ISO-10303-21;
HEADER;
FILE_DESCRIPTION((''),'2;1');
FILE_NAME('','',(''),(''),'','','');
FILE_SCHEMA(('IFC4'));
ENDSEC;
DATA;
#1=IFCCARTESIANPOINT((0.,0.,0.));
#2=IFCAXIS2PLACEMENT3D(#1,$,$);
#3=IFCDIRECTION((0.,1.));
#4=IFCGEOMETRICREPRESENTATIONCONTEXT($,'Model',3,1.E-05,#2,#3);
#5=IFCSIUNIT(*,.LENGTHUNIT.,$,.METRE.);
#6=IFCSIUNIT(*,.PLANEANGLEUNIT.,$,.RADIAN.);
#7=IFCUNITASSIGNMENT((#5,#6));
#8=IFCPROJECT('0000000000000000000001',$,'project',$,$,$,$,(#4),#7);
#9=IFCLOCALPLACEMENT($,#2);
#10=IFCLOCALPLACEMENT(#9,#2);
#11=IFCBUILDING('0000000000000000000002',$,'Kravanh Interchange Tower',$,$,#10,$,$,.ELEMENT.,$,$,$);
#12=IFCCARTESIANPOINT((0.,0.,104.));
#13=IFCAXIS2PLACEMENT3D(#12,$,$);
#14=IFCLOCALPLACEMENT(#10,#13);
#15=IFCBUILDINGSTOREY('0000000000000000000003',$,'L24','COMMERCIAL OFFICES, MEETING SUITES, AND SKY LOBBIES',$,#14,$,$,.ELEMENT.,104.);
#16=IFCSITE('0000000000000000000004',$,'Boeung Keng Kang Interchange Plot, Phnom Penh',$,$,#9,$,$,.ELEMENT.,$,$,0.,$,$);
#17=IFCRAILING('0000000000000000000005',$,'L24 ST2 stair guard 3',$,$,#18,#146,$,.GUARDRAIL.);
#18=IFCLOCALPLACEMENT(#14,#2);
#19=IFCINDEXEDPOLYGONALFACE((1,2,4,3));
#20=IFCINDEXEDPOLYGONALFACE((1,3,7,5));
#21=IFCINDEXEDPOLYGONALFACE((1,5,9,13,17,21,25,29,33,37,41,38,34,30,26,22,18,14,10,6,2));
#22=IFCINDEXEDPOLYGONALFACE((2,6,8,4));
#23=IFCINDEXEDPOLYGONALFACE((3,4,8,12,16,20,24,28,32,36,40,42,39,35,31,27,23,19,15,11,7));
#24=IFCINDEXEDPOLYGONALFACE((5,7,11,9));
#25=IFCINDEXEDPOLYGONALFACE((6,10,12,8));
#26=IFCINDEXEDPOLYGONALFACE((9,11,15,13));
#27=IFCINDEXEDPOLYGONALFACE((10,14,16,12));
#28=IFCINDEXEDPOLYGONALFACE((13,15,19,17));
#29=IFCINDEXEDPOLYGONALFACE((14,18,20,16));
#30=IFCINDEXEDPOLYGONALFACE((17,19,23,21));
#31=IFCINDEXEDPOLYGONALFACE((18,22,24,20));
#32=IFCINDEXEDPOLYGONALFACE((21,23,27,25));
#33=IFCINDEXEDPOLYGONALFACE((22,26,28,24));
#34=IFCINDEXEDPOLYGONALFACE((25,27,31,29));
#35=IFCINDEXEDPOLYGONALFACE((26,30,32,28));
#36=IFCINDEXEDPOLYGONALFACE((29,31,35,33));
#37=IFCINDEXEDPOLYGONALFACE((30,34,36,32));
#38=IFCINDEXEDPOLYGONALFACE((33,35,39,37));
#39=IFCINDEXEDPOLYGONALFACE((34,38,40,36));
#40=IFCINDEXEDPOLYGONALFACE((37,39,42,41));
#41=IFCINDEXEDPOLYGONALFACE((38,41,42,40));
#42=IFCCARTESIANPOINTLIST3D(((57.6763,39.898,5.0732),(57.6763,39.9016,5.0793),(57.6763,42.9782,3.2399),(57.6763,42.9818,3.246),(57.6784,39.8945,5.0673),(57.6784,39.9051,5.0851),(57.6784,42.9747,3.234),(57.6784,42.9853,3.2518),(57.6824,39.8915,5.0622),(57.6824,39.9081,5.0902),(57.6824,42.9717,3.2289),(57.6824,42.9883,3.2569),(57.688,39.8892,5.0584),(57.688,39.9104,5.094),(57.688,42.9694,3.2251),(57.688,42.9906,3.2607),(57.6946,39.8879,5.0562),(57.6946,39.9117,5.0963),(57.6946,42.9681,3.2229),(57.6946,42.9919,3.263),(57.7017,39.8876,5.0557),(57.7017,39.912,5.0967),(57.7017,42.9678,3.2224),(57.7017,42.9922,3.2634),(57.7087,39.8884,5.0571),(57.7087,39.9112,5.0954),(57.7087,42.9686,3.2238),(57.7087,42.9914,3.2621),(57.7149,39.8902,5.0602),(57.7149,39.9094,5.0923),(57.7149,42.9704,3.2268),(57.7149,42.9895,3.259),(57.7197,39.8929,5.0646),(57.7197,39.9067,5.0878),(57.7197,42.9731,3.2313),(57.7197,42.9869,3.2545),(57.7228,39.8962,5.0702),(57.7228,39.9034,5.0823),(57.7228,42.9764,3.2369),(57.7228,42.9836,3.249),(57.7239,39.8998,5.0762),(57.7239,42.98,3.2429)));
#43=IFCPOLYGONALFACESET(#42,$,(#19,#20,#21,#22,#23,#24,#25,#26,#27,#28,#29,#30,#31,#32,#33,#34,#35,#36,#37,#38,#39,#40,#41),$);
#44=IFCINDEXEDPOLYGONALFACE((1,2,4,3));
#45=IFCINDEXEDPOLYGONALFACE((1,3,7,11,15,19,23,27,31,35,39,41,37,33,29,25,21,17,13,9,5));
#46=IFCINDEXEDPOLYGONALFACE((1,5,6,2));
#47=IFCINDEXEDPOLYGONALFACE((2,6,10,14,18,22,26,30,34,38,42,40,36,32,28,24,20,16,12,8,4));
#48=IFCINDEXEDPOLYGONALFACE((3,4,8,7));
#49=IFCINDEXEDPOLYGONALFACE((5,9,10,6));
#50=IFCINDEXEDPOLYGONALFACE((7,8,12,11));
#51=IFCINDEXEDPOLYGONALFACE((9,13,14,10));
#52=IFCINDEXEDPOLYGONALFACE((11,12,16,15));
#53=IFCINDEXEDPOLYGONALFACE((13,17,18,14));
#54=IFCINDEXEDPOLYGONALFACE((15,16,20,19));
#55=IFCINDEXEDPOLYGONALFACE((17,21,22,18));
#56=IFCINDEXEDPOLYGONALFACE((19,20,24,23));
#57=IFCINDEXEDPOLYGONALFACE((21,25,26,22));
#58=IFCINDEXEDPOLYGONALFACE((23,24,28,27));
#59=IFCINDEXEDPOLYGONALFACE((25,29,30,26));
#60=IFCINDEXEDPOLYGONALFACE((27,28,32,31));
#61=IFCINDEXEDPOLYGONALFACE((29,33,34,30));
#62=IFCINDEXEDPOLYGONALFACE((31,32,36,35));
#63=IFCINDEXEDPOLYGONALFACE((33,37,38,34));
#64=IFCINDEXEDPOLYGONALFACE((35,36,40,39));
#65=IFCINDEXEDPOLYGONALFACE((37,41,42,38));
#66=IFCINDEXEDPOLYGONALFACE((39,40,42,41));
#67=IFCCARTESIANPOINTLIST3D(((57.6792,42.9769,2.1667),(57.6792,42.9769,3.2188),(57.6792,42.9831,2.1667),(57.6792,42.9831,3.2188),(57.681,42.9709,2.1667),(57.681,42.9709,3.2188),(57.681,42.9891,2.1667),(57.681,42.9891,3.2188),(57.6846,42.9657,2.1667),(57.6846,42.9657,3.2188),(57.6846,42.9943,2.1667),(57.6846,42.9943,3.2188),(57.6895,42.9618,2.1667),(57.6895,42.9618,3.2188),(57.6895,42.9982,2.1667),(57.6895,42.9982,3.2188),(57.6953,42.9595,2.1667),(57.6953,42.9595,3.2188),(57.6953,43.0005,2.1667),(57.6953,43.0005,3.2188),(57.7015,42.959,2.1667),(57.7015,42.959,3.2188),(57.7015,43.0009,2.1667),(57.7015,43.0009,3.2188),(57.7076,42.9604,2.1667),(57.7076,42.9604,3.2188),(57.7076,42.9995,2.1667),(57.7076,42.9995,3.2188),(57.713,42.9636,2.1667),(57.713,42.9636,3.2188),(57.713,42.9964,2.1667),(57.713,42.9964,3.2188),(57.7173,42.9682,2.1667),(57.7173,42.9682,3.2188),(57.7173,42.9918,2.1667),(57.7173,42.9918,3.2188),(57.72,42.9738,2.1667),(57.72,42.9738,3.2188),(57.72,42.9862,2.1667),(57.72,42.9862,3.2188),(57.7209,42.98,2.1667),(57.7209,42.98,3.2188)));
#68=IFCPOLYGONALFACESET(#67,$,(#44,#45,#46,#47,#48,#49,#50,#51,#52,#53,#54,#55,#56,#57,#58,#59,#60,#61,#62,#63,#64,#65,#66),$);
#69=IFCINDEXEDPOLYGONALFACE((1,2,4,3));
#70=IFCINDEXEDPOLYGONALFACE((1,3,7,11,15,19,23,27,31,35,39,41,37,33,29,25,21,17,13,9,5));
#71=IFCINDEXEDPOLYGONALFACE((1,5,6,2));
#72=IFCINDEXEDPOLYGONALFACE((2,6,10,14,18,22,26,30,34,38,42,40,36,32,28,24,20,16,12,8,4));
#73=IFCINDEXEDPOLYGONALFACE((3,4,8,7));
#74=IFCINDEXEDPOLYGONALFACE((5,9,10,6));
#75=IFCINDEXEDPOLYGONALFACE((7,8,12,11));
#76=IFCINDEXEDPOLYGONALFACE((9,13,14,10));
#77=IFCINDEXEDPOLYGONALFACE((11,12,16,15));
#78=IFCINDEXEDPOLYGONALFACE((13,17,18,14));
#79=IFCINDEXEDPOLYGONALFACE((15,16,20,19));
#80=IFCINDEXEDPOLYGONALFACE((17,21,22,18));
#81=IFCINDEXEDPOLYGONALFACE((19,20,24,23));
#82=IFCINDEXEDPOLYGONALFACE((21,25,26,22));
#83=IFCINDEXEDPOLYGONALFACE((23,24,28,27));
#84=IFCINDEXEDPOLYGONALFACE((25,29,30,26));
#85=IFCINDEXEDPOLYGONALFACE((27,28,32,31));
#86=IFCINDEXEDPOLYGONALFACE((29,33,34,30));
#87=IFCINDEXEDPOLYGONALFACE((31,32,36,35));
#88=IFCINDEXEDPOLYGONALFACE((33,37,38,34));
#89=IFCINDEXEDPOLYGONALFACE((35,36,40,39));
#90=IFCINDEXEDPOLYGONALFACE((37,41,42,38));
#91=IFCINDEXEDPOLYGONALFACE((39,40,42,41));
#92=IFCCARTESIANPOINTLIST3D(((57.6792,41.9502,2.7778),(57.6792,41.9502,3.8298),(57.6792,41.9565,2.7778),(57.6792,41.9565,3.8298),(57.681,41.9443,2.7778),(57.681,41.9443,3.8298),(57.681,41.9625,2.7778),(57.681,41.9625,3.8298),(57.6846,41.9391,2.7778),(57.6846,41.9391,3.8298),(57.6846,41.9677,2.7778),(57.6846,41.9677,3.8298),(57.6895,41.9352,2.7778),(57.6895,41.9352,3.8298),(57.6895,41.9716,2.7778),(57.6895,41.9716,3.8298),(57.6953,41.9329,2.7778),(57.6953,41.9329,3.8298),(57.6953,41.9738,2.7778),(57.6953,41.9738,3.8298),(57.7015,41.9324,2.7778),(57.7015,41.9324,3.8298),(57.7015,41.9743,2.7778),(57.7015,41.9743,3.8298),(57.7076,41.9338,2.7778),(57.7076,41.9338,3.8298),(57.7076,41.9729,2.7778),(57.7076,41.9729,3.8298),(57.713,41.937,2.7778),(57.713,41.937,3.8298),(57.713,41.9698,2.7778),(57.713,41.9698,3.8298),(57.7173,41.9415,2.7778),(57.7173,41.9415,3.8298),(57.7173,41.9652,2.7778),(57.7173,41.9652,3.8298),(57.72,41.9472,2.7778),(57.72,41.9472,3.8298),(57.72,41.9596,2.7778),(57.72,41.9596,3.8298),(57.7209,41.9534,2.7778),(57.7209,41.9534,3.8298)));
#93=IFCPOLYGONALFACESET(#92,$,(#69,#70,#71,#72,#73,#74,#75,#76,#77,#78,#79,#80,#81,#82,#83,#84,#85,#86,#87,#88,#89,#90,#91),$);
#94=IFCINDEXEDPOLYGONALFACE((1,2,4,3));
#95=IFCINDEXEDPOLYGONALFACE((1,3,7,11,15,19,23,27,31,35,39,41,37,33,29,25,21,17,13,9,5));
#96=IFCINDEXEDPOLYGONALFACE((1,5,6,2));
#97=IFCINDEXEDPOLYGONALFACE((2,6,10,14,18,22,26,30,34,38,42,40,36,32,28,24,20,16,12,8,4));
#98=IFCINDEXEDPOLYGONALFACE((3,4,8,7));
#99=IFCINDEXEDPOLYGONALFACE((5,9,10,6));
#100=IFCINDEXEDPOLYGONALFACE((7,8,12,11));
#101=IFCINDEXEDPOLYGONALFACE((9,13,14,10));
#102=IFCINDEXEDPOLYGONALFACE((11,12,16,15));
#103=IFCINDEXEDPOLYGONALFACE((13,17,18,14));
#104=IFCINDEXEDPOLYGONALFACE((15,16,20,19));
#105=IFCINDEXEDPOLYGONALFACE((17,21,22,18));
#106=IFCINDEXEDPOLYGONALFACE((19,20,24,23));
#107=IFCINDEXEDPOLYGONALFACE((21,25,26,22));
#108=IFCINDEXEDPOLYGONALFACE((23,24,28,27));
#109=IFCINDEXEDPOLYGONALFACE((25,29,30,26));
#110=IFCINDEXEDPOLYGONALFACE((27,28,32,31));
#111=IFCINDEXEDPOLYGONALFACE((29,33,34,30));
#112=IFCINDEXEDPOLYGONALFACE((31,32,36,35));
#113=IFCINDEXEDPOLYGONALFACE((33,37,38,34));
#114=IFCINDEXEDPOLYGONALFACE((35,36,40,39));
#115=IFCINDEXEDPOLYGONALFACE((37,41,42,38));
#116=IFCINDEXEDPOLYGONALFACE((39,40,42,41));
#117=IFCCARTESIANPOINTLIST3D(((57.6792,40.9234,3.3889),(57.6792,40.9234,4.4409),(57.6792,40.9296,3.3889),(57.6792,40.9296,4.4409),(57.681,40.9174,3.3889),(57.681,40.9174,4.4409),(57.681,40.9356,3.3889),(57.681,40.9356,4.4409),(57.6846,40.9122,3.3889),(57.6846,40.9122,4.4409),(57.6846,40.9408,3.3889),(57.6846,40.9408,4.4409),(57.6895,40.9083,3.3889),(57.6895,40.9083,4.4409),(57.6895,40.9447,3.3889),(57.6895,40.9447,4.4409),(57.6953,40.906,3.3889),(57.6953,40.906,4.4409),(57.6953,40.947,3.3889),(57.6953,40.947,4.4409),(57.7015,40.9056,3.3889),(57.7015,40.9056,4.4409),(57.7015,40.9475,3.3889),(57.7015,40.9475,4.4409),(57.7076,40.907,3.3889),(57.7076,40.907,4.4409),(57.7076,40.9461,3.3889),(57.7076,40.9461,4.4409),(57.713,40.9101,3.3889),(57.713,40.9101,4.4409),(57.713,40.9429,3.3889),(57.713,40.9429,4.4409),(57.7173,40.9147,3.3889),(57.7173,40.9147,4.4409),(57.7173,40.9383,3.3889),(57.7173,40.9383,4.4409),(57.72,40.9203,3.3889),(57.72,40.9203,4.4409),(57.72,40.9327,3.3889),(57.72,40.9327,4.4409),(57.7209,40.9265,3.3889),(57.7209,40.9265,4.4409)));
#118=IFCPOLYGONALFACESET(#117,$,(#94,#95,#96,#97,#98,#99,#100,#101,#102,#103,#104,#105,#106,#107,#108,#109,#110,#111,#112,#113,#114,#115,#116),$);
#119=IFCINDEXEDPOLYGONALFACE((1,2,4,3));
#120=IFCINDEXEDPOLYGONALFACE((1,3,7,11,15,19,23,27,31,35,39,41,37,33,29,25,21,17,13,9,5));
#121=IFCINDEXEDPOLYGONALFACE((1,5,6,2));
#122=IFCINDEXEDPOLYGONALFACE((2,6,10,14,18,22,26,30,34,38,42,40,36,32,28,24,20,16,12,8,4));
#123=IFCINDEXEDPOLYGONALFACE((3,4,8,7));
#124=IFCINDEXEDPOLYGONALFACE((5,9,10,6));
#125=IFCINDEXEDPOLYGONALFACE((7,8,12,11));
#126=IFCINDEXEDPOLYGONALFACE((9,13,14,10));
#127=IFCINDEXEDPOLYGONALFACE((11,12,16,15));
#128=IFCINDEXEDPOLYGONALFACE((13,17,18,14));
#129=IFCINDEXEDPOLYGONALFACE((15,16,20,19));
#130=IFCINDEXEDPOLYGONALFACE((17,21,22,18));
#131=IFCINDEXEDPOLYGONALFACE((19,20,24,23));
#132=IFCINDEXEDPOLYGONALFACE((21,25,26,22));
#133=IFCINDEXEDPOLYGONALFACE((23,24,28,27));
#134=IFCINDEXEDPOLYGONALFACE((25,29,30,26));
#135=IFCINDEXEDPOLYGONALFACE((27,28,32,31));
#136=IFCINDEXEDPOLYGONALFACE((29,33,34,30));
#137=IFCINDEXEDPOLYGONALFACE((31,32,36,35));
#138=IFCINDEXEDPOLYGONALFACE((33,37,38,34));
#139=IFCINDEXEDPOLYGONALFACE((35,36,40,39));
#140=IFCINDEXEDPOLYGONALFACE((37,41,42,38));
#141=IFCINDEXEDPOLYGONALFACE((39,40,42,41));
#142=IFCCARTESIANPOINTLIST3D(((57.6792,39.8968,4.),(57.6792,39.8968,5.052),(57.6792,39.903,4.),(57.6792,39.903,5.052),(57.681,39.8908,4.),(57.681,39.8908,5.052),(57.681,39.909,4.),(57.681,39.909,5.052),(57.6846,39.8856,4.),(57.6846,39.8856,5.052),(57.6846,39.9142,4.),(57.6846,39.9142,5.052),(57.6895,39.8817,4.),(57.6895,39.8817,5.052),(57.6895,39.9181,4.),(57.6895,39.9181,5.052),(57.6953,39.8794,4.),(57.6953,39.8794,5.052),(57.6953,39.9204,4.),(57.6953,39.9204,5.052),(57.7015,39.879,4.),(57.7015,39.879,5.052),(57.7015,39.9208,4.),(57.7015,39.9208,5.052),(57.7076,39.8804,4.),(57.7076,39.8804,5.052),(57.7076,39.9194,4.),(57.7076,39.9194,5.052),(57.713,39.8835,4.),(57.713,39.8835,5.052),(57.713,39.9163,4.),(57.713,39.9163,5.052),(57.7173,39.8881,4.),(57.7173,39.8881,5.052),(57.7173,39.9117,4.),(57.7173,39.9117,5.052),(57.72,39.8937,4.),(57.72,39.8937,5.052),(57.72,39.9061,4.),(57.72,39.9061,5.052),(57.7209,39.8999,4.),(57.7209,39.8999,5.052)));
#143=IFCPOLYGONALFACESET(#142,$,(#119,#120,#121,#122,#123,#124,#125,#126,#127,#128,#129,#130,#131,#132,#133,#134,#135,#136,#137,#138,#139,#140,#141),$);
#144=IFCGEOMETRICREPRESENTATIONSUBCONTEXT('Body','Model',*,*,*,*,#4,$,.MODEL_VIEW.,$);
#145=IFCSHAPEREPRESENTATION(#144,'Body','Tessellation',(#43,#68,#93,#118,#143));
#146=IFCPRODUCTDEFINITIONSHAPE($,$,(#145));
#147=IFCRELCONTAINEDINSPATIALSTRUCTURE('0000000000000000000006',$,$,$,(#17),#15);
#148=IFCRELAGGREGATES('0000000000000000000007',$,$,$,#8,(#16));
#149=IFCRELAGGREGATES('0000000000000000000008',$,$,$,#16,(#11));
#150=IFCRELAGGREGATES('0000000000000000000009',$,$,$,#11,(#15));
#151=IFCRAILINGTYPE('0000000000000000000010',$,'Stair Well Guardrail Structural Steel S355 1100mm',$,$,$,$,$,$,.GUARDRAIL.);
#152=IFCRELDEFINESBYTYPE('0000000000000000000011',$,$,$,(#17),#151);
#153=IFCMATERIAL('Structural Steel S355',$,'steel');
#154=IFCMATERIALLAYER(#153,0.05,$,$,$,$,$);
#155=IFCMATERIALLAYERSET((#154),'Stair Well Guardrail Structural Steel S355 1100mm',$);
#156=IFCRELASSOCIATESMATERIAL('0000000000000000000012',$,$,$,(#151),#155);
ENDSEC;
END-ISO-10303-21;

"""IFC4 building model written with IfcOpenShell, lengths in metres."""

from ifc_helpers import new_model, si_unit, direction, frame, origin, origin_2d, place, context, subcontext, project, spatial, circle, extrude, material, layer, layer_set, type_object, element, save


model = new_model("IFC4")

# Units and contexts
model_context = context("Model", 3, precision=1e-05, world=origin(), true_north=direction((0.0, 1.0)))
body_context = subcontext(model_context, "Body", "Model", "MODEL_VIEW")
ifc_project = project(units=[si_unit("LENGTHUNIT", "METRE"), si_unit("PLANEANGLEUNIT", "RADIAN")], contexts=[model_context])

# Site, building, storey
site_placement = place(None, origin())
site = spatial("IfcSite", under=ifc_project, at=site_placement, Name="Boeung Keng Kang Interchange Plot, Phnom Penh", CompositionType="ELEMENT", RefElevation=0.0)
building_placement = place(site_placement, origin())
building = spatial("IfcBuilding", under=site, at=building_placement, Name="Kravanh Interchange Tower", CompositionType="ELEMENT")
storey_placement = place(building_placement, frame((0.0, 0.0, 104.0)))
storey = spatial("IfcBuildingStorey", under=building, at=storey_placement, Name="L24", Description="COMMERCIAL OFFICES, MEETING SUITES, AND SKY LOBBIES", CompositionType="ELEMENT", Elevation=104.0)

# Railing
ifc_material_1 = material(Name="Structural Steel S355", Category="steel")
ifc_layer_1 = layer(ifc_material_1, 0.05)
ifc_layer_set_1 = layer_set([ifc_layer_1], Name="Stair Well Guardrail Structural Steel S355 1100mm")
railing_type_1 = type_object("IfcRailingType", Name="Stair Well Guardrail Structural Steel S355 1100mm", PredefinedType="GUARDRAIL", material=ifc_layer_set_1)
railing_1_placement = place(storey_placement, frame((57.7, 42.98, 2.1667)))
element("IfcRailing", 1, at=railing_1_placement, inside=storey, type_object=railing_type_1, Name="L24 ST2 stair guard 3", PredefinedType="GUARDRAIL", context=body_context, shape_type="SweptSolid", body=[
    extrude(circle(Radius=0.0239, at=origin_2d()), frame((0.0, 0.0, 1.0762), z_axis=(0.0, -0.859309, 0.511458), x_axis=(1.0, 0.0, 0.0)), (0.0, 0.0, 1.0), 3.5845),
    extrude(circle(Radius=0.021, at=origin_2d()), origin(), (0.0, 0.0, 1.0), 1.052),
    extrude(circle(Radius=0.021, at=origin_2d()), frame((0.0, -1.0266, 0.6111)), (0.0, 0.0, 1.0), 1.052),
    extrude(circle(Radius=0.021, at=origin_2d()), frame((0.0, -2.0535, 1.2222)), (0.0, 0.0, 1.0), 1.052),
    extrude(circle(Radius=0.021, at=origin_2d()), frame((0.0, -3.0801, 1.8333)), (0.0, 0.0, 1.0), 1.052),
])

save(model, "model.ifc")
